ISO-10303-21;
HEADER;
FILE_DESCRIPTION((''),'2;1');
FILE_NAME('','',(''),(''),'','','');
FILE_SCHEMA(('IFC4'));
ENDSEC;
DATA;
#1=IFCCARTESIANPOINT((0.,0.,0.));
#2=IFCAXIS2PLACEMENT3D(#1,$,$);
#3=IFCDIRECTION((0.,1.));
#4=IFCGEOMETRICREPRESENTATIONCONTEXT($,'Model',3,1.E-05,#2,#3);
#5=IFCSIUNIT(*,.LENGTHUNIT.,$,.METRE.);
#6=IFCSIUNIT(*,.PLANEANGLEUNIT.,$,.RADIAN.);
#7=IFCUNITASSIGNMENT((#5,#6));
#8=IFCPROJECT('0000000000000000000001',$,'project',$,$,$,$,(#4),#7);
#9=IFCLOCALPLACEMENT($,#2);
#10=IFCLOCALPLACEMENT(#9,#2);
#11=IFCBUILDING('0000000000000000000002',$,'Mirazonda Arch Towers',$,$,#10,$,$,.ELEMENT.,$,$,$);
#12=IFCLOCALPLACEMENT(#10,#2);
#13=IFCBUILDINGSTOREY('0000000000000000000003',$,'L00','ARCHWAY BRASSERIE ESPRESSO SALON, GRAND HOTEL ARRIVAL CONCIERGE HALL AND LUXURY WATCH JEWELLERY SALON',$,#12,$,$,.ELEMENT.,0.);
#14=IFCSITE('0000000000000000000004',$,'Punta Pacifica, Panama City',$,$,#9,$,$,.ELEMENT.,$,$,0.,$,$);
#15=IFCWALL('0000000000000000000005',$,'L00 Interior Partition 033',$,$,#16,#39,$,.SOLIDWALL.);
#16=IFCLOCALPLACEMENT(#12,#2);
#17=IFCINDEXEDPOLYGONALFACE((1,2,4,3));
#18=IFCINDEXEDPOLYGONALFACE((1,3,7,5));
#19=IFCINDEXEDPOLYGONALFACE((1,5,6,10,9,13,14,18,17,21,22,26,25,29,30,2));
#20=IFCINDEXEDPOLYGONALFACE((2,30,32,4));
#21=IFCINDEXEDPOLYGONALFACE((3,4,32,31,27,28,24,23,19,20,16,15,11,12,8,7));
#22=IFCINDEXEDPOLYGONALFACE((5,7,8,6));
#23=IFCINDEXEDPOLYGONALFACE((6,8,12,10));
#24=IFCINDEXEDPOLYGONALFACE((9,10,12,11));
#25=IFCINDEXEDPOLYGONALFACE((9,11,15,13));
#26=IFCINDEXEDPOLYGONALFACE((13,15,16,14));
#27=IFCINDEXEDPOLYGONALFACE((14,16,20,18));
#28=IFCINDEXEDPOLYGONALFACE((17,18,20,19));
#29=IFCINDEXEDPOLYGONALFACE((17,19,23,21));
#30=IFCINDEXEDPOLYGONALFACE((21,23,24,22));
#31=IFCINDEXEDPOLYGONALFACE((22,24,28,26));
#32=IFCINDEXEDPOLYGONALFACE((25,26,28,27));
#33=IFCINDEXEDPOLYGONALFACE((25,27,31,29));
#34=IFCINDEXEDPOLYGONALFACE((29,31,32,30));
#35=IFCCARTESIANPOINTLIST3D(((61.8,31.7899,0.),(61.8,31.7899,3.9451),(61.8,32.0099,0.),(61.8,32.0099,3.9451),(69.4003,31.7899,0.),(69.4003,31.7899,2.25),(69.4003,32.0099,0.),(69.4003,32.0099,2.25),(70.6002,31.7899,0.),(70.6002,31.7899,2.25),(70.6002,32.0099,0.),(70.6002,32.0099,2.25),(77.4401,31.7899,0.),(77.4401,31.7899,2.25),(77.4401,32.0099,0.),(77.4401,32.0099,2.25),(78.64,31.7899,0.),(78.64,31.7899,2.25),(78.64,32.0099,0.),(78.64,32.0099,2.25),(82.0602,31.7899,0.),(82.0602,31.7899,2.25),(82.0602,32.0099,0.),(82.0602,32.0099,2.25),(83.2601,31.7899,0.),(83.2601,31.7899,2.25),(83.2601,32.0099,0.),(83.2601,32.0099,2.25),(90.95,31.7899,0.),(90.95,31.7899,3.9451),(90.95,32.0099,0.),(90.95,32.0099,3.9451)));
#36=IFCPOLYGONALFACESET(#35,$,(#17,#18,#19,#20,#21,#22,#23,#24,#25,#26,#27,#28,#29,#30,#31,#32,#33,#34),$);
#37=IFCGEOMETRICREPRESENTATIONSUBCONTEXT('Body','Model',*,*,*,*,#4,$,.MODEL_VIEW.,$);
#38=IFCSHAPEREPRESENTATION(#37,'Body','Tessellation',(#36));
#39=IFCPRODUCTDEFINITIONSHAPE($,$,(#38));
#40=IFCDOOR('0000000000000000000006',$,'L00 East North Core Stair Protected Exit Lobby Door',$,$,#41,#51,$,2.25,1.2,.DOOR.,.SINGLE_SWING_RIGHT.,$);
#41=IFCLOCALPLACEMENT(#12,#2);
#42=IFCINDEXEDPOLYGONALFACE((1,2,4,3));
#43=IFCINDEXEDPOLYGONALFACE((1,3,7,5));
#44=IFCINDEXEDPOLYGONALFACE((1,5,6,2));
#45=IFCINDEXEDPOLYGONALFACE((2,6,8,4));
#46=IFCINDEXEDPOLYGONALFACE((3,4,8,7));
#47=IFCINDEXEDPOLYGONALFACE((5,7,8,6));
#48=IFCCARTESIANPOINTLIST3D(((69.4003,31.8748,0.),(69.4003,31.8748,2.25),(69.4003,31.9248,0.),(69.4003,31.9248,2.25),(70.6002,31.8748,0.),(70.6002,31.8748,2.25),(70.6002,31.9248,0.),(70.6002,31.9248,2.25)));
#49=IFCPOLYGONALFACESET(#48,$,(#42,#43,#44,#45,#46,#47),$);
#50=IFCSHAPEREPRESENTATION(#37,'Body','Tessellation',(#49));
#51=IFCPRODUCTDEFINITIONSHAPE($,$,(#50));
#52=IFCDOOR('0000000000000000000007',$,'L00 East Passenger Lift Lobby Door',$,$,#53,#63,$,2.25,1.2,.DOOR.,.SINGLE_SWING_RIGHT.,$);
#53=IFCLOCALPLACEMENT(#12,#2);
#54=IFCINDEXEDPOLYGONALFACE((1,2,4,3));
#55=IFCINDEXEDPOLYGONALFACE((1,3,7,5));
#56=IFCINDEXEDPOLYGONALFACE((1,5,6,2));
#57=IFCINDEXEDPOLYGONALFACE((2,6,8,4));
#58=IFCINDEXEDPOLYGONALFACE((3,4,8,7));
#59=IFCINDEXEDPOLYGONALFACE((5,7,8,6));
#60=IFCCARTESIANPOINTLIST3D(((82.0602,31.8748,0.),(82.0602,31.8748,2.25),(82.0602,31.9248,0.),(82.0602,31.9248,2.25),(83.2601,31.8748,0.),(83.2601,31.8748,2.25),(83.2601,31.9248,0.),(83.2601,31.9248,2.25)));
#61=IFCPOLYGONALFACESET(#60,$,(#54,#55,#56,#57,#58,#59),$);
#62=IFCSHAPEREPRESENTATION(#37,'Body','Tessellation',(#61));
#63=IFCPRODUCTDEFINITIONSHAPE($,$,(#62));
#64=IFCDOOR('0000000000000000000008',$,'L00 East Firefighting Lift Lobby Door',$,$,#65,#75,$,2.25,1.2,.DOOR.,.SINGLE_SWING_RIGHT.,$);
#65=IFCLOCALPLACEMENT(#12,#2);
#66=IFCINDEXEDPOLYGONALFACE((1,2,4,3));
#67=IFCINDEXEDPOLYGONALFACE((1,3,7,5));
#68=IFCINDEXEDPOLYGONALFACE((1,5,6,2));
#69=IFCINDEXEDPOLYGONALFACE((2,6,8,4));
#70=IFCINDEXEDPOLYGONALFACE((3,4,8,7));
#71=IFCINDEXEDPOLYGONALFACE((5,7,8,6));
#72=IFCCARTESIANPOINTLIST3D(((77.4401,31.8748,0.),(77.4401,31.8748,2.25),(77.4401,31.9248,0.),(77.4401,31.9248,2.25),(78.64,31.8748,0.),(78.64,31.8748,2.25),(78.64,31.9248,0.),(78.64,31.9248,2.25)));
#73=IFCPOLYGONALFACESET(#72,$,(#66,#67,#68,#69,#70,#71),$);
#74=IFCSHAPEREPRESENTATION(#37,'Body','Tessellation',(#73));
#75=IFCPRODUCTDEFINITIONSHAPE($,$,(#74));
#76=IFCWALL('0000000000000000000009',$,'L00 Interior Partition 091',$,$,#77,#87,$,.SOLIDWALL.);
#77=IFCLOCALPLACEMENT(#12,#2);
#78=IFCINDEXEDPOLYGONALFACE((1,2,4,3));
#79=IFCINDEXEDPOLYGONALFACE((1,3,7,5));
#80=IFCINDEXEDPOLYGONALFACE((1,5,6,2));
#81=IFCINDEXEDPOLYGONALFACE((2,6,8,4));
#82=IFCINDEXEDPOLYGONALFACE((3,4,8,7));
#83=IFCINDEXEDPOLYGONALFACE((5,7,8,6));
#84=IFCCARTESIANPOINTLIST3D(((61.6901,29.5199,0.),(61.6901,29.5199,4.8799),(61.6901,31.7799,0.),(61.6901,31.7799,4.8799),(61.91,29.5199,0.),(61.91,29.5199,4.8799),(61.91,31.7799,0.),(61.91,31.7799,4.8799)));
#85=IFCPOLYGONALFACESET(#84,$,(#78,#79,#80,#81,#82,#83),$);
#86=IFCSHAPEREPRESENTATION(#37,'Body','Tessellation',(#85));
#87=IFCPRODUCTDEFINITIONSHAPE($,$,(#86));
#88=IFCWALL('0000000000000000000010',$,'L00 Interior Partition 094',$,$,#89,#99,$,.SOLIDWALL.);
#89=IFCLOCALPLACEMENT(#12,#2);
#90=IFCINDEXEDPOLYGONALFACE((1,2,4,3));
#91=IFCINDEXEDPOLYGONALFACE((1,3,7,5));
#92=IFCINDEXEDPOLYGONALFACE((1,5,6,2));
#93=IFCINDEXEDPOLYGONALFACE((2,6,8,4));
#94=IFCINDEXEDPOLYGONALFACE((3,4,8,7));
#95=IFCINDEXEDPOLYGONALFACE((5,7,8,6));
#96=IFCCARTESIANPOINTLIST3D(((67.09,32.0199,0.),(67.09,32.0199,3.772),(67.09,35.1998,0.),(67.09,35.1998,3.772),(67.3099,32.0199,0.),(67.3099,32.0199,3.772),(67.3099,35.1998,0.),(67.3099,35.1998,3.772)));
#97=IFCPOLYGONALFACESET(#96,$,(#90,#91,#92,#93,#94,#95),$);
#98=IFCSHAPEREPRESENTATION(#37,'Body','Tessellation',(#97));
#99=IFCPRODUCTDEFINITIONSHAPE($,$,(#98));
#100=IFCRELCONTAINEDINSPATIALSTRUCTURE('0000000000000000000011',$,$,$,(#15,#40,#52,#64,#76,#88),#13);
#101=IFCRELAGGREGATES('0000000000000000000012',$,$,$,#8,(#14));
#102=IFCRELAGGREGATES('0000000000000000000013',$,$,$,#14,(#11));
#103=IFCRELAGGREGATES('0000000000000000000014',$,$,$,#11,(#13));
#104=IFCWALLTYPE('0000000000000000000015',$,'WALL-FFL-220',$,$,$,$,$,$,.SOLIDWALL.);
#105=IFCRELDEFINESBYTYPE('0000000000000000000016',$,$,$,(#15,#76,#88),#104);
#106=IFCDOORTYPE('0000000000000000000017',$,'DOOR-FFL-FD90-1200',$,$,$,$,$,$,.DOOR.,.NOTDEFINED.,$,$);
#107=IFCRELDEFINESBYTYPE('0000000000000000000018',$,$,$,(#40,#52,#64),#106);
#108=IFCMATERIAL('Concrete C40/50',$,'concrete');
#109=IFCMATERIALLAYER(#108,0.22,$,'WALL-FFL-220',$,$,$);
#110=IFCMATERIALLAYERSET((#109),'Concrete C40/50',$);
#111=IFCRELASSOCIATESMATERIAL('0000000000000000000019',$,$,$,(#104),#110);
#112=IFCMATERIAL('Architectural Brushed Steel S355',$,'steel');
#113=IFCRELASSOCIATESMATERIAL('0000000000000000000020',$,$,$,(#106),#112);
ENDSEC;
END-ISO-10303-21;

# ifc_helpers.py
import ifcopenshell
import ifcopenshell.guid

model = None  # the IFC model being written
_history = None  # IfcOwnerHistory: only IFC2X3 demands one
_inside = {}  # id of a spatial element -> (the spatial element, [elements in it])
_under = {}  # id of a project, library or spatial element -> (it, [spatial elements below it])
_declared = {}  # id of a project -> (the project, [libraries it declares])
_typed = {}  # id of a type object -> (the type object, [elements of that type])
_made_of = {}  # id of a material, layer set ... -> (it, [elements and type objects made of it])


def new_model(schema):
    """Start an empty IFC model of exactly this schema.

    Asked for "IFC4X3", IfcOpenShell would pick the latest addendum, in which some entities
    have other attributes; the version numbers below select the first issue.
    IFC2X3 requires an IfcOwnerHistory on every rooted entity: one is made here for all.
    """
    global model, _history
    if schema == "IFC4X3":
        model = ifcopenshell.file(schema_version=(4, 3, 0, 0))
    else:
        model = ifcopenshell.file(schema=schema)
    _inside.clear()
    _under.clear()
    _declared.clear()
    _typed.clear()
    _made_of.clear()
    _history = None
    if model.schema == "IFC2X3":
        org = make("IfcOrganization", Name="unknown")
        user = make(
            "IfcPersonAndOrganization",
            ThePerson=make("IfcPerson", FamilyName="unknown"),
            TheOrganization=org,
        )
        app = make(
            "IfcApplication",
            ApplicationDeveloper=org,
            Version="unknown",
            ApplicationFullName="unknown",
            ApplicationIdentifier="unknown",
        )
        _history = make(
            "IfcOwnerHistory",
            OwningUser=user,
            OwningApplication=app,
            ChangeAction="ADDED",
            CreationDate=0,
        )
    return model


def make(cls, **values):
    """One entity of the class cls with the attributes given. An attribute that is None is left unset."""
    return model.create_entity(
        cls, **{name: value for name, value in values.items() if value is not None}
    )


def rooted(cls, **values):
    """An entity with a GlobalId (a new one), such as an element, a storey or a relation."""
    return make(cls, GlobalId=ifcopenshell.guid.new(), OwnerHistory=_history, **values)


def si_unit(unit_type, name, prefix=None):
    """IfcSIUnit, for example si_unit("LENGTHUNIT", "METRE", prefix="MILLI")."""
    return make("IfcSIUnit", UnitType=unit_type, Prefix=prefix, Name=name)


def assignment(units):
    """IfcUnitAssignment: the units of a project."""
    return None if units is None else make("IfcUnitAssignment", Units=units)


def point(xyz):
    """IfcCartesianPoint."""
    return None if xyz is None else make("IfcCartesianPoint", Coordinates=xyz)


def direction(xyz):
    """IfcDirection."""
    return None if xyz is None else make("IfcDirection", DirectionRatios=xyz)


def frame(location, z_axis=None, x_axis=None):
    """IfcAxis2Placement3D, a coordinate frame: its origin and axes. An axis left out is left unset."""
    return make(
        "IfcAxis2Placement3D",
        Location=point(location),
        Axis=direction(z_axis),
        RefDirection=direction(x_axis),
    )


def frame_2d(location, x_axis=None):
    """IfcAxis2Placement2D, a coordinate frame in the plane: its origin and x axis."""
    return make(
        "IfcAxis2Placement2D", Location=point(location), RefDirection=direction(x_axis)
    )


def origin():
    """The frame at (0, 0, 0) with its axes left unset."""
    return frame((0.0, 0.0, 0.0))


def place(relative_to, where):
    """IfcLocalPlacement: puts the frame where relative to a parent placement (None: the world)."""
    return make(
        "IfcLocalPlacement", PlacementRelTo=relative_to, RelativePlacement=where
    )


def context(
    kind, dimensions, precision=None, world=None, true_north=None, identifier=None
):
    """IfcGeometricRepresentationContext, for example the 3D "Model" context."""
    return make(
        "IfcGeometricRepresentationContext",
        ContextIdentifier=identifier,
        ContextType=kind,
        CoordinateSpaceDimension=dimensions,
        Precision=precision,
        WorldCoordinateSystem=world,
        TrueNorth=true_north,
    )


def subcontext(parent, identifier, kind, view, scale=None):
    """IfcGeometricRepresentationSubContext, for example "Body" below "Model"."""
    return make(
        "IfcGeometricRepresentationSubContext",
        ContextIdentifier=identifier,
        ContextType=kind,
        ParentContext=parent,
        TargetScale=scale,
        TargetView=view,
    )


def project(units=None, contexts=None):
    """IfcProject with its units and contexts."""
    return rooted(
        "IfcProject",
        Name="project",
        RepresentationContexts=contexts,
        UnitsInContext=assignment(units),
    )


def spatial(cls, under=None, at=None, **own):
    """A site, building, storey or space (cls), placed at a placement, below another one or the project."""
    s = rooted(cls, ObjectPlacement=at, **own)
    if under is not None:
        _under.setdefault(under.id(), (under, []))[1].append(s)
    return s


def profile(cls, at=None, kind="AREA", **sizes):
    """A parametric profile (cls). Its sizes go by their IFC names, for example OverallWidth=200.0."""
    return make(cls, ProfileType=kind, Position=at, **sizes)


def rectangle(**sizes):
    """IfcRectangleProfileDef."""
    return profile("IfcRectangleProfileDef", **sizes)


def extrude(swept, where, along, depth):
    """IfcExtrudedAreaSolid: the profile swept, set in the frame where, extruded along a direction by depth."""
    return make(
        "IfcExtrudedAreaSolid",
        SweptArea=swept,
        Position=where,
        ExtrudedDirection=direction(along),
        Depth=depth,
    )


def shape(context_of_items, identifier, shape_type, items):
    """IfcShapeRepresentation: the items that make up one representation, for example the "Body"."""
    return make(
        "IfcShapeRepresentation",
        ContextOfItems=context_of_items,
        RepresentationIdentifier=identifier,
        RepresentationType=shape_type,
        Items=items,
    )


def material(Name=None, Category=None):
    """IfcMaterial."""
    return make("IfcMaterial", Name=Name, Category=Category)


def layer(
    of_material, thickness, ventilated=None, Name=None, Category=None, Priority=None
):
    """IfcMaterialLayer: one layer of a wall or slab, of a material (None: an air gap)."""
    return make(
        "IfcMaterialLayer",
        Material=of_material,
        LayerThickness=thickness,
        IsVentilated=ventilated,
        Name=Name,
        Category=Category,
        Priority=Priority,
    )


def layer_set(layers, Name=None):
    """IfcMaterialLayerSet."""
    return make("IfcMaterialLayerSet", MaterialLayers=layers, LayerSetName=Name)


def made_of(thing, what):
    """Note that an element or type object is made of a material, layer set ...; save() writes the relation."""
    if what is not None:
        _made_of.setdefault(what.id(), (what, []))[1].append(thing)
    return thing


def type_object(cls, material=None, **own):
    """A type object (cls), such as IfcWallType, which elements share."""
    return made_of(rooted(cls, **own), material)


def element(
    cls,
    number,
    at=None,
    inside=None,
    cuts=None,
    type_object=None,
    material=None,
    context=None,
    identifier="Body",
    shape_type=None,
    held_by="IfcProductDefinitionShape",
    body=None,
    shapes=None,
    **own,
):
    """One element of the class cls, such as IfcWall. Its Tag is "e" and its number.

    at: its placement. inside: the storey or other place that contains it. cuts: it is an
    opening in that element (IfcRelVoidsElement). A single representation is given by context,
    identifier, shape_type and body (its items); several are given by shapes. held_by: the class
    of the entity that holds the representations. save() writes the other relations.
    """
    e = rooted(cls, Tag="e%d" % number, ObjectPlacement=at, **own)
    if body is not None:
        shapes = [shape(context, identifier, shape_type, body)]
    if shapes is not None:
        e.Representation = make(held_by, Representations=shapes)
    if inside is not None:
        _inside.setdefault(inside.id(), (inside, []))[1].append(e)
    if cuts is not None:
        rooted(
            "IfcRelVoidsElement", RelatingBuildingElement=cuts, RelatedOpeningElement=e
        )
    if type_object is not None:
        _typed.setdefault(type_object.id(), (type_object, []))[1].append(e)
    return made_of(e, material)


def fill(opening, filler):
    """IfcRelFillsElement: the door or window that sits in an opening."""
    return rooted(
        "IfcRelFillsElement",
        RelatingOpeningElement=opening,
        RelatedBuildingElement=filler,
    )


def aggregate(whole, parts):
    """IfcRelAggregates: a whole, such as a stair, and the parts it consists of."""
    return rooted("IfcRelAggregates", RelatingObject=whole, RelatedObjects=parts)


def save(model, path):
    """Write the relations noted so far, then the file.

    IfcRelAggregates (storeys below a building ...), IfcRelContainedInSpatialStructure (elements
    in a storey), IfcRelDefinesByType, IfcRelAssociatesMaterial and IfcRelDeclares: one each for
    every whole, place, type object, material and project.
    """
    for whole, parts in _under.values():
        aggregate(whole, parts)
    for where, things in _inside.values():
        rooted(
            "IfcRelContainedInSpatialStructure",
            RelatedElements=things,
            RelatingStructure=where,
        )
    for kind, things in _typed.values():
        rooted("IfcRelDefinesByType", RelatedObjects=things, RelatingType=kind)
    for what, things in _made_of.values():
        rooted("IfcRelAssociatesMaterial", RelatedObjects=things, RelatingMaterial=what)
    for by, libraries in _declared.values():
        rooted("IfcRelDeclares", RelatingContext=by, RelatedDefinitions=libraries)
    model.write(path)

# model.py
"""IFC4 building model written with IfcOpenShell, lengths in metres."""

from ifc_helpers import new_model, si_unit, direction, frame, frame_2d, origin, place, context, subcontext, project, spatial, rectangle, extrude, material, layer, layer_set, type_object, element, fill, save


model = new_model("IFC4")

# Units and contexts
model_context = context("Model", 3, precision=1e-05, world=origin(), true_north=direction((0.0, 1.0)))
body_context = subcontext(model_context, "Body", "Model", "MODEL_VIEW")
ifc_project = project(units=[si_unit("LENGTHUNIT", "METRE"), si_unit("PLANEANGLEUNIT", "RADIAN")], contexts=[model_context])

# Site, building, storey
site_placement = place(None, origin())
site = spatial("IfcSite", under=ifc_project, at=site_placement, Name="Punta Pacifica, Panama City", CompositionType="ELEMENT", RefElevation=0.0)
building_placement = place(site_placement, origin())
building = spatial("IfcBuilding", under=site, at=building_placement, Name="Mirazonda Arch Towers", CompositionType="ELEMENT")
storey_placement = place(building_placement, origin())
storey = spatial("IfcBuildingStorey", under=building, at=storey_placement, Name="L00", Description="ARCHWAY BRASSERIE ESPRESSO SALON, GRAND HOTEL ARRIVAL CONCIERGE HALL AND LUXURY WATCH JEWELLERY SALON", CompositionType="ELEMENT", Elevation=0.0)

# Wall, openings, doors
ifc_material_1 = material(Name="Architectural Brushed Steel S355", Category="steel")
ifc_material_2 = material(Name="Concrete C40/50", Category="concrete")
ifc_layer_1 = layer(ifc_material_2, 0.22, Name="WALL-FFL-220")
ifc_layer_set_1 = layer_set([ifc_layer_1], Name="Concrete C40/50")
wall_type_1 = type_object("IfcWallType", Name="WALL-FFL-220", PredefinedType="SOLIDWALL", material=ifc_layer_set_1)
wall_1_placement = place(storey_placement, frame((61.8, 31.8999, 0.0), z_axis=(0.0, 0.0, 1.0), x_axis=(1.0, 0.0, 0.0)))
wall_1 = element("IfcWall", 1, at=wall_1_placement, inside=storey, type_object=wall_type_1, Name="L00 Interior Partition 033", PredefinedType="SOLIDWALL", context=body_context, shape_type="SweptSolid", body=[
    extrude(rectangle(XDim=29.1499, YDim=0.22, at=frame_2d((14.575, 0.0))), origin(), (0.0, 0.0, 1.0), 3.9451),
])
opening_1_placement = place(wall_1_placement, frame((7.6001, 0.0, 0.0)))
opening_1 = element("IfcOpeningElement", 2, at=opening_1_placement, cuts=wall_1, PredefinedType="OPENING", context=body_context, shape_type="SweptSolid", body=[
    extrude(rectangle(XDim=1.2, YDim=2.25, at=frame_2d((0.6001, 1.125))), frame((0.0, 0.1199, 0.0), z_axis=(0.0, -1.0, 0.0), x_axis=(1.0, 0.0, 0.0)), (0.0, 0.0, 1.0), 0.24),
])
opening_2_placement = place(wall_1_placement, frame((20.26, 0.0, 0.0)))
opening_2 = element("IfcOpeningElement", 3, at=opening_2_placement, cuts=wall_1, PredefinedType="OPENING", context=body_context, shape_type="SweptSolid", body=[
    extrude(rectangle(XDim=1.2, YDim=2.25, at=frame_2d((0.6001, 1.125))), frame((0.0, 0.1199, 0.0), z_axis=(0.0, -1.0, 0.0), x_axis=(1.0, 0.0, 0.0)), (0.0, 0.0, 1.0), 0.24),
])
opening_3_placement = place(wall_1_placement, frame((15.6399, 0.0, 0.0)))
opening_3 = element("IfcOpeningElement", 4, at=opening_3_placement, cuts=wall_1, PredefinedType="OPENING", context=body_context, shape_type="SweptSolid", body=[
    extrude(rectangle(XDim=1.2, YDim=2.25, at=frame_2d((0.6001, 1.125))), frame((0.0, 0.1199, 0.0), z_axis=(0.0, -1.0, 0.0), x_axis=(1.0, 0.0, 0.0)), (0.0, 0.0, 1.0), 0.24),
])
door_type_1 = type_object("IfcDoorType", Name="DOOR-FFL-FD90-1200", OperationType="NOTDEFINED", PredefinedType="DOOR", material=ifc_material_1)
door_1_placement = place(opening_1_placement, origin())
door_1 = element("IfcDoor", 5, at=door_1_placement, inside=storey, type_object=door_type_1, Name="L00 East North Core Stair Protected Exit Lobby Door", OperationType="SINGLE_SWING_RIGHT", OverallHeight=2.25, OverallWidth=1.2, PredefinedType="DOOR", context=body_context, shape_type="SweptSolid", body=[
    extrude(rectangle(XDim=1.2, YDim=2.25, at=frame_2d((0.6001, 1.125))), frame((0.0, 0.0249, 0.0), z_axis=(0.0, -1.0, 0.0), x_axis=(1.0, 0.0, 0.0)), (0.0, 0.0, 1.0), 0.05),
])
fill(opening_1, door_1)
door_2_placement = place(opening_2_placement, origin())
door_2 = element("IfcDoor", 6, at=door_2_placement, inside=storey, type_object=door_type_1, Name="L00 East Passenger Lift Lobby Door", OperationType="SINGLE_SWING_RIGHT", OverallHeight=2.25, OverallWidth=1.2, PredefinedType="DOOR", context=body_context, shape_type="SweptSolid", body=[
    extrude(rectangle(XDim=1.2, YDim=2.25, at=frame_2d((0.6001, 1.125))), frame((0.0, 0.0249, 0.0), z_axis=(0.0, -1.0, 0.0), x_axis=(1.0, 0.0, 0.0)), (0.0, 0.0, 1.0), 0.05),
])
fill(opening_2, door_2)
door_3_placement = place(opening_3_placement, origin())
door_3 = element("IfcDoor", 7, at=door_3_placement, inside=storey, type_object=door_type_1, Name="L00 East Firefighting Lift Lobby Door", OperationType="SINGLE_SWING_RIGHT", OverallHeight=2.25, OverallWidth=1.2, PredefinedType="DOOR", context=body_context, shape_type="SweptSolid", body=[
    extrude(rectangle(XDim=1.2, YDim=2.25, at=frame_2d((0.6001, 1.125))), frame((0.0, 0.0249, 0.0), z_axis=(0.0, -1.0, 0.0), x_axis=(1.0, 0.0, 0.0)), (0.0, 0.0, 1.0), 0.05),
])
fill(opening_3, door_3)

# Walls
wall_2_placement = place(storey_placement, frame((61.8, 29.52, 0.0), z_axis=(0.0, 0.0, 1.0), x_axis=(0.0, 1.0, 0.0)))
element("IfcWall", 8, at=wall_2_placement, inside=storey, type_object=wall_type_1, Name="L00 Interior Partition 091", PredefinedType="SOLIDWALL", context=body_context, shape_type="SweptSolid", body=[
    extrude(rectangle(XDim=2.26, YDim=0.22, at=frame_2d((1.1299, 0.0))), origin(), (0.0, 0.0, 1.0), 4.8799),
])
wall_3_placement = place(storey_placement, frame((67.2, 32.02, 0.0), z_axis=(0.0, 0.0, 1.0), x_axis=(0.0, 1.0, 0.0)))
element("IfcWall", 9, at=wall_3_placement, inside=storey, type_object=wall_type_1, Name="L00 Interior Partition 094", PredefinedType="SOLIDWALL", context=body_context, shape_type="SweptSolid", body=[
    extrude(rectangle(XDim=3.1799, YDim=0.22, at=frame_2d((1.5898, 0.0))), origin(), (0.0, 0.0, 1.0), 3.772),
])

save(model, "model.ifc")
